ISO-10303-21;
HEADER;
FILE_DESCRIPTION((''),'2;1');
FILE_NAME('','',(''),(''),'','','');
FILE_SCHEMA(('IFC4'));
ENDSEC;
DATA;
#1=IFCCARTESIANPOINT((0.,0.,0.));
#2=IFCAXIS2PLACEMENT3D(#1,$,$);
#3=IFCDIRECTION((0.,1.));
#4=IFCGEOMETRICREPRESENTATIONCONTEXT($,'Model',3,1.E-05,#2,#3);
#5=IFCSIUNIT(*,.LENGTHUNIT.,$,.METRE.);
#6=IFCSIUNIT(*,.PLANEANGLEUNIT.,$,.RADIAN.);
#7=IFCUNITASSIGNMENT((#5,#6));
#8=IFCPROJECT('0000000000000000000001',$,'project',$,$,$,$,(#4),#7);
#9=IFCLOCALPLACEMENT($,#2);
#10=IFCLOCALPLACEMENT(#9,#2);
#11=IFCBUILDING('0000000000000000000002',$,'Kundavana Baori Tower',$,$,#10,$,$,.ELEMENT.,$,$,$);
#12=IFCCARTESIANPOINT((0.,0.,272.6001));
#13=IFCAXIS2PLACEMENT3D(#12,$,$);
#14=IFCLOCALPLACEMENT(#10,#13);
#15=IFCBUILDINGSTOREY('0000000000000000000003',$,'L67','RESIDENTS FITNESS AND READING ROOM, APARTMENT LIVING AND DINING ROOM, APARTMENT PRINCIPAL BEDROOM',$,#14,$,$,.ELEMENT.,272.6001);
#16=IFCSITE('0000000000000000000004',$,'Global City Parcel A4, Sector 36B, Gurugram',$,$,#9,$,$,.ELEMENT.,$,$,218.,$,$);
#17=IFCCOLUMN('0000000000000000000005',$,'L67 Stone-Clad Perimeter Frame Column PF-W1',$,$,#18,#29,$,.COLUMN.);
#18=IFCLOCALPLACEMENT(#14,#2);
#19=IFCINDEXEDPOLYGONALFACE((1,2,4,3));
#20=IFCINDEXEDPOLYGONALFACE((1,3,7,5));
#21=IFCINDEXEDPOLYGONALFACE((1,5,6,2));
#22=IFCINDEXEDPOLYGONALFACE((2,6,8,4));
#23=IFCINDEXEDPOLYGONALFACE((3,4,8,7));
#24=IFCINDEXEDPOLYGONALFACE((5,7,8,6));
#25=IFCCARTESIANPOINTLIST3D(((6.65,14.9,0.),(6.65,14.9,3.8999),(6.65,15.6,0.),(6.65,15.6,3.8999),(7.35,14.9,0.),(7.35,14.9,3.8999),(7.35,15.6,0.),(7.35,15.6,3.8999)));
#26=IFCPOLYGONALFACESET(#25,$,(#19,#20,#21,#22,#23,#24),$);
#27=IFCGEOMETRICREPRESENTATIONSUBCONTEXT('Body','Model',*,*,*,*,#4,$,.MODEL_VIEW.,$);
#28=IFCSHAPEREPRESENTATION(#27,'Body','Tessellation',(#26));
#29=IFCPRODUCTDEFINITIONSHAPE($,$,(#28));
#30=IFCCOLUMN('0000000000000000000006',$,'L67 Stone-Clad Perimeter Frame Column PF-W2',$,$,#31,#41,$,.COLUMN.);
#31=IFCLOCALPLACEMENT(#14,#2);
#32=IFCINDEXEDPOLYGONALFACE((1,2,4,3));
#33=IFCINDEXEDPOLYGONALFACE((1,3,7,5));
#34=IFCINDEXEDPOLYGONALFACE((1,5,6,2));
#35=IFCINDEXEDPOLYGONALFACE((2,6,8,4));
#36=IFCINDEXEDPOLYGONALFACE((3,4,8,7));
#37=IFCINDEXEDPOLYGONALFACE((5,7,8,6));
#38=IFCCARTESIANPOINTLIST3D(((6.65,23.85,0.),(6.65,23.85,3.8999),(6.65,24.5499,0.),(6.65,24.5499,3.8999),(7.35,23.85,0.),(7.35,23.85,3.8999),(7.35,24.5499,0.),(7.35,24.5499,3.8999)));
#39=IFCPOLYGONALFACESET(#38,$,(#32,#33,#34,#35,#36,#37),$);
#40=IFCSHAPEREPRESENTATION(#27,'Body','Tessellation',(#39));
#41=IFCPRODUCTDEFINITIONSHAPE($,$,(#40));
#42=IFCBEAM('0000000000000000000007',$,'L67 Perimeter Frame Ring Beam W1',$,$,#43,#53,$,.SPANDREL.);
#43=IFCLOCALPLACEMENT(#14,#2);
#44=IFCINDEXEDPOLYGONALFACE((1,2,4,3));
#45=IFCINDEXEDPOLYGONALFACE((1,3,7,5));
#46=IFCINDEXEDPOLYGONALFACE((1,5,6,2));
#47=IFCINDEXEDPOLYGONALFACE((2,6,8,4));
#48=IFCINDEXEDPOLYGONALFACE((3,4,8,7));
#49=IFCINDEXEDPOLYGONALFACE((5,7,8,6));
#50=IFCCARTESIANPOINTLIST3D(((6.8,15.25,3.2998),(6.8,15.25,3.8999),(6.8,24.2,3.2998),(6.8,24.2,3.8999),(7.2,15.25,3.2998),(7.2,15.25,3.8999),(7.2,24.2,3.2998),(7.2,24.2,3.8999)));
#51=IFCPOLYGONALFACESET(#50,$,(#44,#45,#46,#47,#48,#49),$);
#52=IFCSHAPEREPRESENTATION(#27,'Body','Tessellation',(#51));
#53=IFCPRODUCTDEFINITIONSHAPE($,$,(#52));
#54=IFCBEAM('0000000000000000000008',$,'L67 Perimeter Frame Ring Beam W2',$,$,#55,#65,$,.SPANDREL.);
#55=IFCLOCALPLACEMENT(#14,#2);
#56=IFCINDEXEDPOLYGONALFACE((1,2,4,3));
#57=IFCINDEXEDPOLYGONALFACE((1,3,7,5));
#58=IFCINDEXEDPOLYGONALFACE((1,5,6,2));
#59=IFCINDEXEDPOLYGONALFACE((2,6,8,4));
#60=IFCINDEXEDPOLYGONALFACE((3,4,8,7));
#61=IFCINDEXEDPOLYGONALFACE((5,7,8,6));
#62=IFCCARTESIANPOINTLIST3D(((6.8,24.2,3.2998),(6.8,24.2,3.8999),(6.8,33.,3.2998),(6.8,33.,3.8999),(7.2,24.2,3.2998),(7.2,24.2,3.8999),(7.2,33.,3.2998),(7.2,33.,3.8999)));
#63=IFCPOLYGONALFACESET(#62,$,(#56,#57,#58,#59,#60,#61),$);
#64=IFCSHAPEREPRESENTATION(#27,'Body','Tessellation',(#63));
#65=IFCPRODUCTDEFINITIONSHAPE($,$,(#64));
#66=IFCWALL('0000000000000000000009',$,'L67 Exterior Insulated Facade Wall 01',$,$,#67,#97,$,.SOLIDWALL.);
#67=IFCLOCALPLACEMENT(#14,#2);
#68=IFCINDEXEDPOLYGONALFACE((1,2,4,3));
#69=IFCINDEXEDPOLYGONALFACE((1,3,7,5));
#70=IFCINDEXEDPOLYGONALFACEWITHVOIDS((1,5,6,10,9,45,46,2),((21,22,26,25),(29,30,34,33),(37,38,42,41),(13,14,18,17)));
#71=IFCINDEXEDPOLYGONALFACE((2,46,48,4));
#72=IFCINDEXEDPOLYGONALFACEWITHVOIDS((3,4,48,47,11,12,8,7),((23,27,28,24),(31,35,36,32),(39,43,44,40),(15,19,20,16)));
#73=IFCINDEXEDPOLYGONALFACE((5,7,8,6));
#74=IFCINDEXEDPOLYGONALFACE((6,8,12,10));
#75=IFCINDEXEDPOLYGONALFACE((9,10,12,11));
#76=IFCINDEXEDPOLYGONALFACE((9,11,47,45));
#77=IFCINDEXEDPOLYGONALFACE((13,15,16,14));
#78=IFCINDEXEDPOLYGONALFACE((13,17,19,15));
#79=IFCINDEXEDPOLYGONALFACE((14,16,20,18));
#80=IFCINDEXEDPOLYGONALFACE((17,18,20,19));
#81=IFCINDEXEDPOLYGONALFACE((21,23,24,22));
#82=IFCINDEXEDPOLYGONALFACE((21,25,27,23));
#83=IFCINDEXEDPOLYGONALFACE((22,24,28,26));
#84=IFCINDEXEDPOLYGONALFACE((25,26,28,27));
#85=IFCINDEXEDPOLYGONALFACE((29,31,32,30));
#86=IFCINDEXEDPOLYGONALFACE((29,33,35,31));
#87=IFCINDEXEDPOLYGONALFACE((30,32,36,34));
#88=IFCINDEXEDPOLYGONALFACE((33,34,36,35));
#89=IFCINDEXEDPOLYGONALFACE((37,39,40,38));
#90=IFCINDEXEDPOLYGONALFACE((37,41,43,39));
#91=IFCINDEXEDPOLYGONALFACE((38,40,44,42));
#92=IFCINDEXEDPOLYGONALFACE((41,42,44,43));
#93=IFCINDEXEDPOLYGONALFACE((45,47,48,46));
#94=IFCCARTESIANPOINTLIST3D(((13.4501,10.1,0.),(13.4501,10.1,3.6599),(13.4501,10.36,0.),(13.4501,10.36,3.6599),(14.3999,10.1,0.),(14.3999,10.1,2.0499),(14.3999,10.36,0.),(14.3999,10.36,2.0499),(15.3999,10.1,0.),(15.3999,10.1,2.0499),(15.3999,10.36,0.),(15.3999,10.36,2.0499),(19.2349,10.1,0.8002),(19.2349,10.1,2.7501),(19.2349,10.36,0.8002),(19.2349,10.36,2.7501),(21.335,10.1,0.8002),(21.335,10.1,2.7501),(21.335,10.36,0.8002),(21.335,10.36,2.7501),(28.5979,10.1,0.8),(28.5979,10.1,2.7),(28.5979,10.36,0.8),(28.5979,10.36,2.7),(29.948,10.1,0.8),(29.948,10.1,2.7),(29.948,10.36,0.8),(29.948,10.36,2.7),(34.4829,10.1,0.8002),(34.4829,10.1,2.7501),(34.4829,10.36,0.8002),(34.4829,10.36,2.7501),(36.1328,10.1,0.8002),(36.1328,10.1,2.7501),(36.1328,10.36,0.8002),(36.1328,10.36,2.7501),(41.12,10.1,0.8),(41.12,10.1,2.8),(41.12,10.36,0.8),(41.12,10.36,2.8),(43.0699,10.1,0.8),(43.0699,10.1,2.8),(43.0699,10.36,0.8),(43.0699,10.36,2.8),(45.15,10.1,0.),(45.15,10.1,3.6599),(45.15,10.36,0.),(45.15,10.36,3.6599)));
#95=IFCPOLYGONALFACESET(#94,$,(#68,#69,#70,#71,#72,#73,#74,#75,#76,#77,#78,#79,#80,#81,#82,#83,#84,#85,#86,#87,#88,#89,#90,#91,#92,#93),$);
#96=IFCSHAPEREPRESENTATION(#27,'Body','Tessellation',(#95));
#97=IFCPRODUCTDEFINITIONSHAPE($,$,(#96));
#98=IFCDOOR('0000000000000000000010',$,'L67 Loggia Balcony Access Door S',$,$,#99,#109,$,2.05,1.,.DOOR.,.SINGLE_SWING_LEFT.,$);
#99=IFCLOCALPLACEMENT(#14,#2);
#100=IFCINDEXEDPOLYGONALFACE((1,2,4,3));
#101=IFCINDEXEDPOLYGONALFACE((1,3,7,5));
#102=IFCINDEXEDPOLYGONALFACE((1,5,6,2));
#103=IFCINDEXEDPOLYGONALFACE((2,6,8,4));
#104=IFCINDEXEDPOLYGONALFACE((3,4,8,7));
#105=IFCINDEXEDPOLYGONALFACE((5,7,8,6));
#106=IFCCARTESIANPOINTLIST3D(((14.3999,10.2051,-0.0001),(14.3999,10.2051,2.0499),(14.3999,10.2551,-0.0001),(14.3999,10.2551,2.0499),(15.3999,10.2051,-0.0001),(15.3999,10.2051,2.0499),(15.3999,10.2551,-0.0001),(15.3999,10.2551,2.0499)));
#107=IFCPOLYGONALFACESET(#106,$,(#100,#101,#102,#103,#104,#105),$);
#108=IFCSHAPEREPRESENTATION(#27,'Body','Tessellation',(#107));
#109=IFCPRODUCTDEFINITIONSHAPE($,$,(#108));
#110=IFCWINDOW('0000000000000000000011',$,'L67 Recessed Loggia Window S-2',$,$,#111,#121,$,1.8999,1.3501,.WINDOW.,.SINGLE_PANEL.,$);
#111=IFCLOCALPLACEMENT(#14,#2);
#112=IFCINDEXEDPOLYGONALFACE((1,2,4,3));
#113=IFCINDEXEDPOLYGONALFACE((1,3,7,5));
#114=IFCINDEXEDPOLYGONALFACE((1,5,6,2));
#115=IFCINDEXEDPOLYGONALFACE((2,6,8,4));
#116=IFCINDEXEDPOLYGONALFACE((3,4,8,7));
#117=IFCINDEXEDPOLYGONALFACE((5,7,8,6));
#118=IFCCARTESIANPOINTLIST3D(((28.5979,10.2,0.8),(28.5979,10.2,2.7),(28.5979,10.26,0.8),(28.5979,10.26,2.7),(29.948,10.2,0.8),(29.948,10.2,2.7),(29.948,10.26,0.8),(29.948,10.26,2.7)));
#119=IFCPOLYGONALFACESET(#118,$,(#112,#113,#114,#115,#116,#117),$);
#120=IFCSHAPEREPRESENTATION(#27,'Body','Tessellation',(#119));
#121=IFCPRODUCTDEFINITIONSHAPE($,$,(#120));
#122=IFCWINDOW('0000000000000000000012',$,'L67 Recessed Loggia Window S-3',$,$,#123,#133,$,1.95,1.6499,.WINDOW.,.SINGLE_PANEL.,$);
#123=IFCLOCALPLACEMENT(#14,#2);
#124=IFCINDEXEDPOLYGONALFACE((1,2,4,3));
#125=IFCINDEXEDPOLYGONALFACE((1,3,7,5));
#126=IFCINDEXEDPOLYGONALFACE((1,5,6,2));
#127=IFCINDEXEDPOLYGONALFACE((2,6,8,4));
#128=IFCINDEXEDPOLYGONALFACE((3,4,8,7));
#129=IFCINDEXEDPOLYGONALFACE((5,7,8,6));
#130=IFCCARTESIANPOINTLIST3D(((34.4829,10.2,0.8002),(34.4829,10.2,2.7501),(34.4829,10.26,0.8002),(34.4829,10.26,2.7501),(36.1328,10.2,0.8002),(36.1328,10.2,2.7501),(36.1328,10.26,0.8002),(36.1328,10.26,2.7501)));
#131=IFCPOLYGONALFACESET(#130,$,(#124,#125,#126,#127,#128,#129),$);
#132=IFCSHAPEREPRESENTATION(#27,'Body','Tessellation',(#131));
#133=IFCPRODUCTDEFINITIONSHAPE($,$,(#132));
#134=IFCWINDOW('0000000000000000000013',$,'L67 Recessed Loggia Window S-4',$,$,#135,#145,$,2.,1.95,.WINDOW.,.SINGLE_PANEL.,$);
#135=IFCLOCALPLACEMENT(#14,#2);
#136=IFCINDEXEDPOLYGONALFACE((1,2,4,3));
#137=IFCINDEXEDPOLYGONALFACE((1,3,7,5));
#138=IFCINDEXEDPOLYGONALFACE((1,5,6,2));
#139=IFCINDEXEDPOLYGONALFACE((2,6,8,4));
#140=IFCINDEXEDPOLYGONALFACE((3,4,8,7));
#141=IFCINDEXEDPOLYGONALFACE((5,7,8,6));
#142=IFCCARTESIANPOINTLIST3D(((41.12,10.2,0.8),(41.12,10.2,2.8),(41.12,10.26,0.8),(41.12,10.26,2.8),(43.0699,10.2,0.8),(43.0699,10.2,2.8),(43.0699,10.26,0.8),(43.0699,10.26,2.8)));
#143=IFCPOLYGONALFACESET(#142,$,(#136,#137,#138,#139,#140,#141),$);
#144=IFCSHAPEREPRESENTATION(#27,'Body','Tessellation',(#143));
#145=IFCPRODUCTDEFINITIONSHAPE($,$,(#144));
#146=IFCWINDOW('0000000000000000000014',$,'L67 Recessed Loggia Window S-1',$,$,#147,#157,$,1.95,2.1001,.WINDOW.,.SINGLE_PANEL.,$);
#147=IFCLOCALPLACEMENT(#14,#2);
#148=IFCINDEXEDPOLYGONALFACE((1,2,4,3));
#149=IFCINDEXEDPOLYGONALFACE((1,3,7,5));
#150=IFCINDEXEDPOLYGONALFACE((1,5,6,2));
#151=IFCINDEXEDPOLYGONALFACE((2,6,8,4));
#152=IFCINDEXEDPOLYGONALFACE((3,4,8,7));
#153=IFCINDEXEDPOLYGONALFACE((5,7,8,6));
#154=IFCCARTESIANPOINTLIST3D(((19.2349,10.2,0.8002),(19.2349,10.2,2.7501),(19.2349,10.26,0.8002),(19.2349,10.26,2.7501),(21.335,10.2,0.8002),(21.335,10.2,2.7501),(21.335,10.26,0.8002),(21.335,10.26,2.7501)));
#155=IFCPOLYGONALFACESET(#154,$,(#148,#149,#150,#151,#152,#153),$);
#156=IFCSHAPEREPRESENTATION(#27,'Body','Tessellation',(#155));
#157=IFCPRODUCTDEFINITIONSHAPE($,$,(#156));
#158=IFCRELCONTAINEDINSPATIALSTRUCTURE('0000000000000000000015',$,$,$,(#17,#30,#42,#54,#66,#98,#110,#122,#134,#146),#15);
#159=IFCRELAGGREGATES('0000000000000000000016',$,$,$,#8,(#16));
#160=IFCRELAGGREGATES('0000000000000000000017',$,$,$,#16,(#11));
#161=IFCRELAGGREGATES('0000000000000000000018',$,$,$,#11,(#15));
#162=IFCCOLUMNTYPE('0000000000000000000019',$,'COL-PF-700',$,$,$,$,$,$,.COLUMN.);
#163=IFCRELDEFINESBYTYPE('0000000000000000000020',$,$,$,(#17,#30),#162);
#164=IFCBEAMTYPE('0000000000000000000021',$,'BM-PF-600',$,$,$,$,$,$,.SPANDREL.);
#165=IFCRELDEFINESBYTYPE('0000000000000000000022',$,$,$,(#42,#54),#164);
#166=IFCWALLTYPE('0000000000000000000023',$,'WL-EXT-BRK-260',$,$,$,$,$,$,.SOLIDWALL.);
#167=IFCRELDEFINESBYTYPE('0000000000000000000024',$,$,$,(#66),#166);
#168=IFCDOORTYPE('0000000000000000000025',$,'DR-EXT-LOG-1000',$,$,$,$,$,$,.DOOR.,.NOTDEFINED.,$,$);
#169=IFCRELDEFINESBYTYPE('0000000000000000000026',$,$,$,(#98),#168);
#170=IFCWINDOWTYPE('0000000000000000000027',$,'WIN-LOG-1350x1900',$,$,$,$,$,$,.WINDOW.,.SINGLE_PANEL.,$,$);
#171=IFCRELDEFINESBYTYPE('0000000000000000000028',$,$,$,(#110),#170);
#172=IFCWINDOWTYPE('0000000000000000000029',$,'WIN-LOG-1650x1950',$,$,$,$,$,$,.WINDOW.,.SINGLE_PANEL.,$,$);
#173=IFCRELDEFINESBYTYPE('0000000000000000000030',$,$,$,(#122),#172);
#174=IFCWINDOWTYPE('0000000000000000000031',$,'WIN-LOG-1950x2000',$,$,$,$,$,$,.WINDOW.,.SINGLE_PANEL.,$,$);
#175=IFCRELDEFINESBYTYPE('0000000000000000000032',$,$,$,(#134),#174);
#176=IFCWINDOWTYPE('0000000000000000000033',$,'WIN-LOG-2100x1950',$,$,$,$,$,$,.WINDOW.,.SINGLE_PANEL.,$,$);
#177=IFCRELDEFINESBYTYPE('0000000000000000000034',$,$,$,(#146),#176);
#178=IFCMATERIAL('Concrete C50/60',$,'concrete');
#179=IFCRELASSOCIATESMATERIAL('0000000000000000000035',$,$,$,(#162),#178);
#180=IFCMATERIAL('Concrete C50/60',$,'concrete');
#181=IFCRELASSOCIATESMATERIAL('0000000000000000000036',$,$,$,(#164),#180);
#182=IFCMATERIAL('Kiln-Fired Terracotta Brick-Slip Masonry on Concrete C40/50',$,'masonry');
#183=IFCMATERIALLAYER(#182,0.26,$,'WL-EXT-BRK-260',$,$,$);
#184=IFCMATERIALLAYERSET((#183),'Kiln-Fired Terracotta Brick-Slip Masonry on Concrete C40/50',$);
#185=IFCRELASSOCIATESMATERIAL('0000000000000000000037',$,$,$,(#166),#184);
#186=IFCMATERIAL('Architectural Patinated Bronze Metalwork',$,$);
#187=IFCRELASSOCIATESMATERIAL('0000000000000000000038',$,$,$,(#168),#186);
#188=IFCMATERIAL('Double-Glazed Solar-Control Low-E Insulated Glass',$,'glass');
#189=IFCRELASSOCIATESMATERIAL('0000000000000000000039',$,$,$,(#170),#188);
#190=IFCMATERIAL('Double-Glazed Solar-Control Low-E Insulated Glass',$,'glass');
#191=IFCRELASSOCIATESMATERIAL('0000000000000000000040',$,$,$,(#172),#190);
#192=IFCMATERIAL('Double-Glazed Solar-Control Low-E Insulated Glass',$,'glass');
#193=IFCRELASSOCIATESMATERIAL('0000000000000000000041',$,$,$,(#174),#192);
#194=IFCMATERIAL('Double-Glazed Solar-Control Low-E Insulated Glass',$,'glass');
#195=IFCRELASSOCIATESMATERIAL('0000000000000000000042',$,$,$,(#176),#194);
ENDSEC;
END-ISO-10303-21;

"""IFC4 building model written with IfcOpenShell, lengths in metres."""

from ifc_helpers import new_model, si_unit, direction, frame, frame_2d, origin, origin_2d, place, context, subcontext, project, spatial, rectangle, extrude, material, layer, layer_set, material_profile, profile_set, type_object, element, fill, save


model = new_model("IFC4")

# Units and contexts
model_context = context("Model", 3, precision=1e-05, world=origin(), true_north=direction((0.0, 1.0)))
body_context = subcontext(model_context, "Body", "Model", "MODEL_VIEW")
ifc_project = project(units=[si_unit("LENGTHUNIT", "METRE"), si_unit("PLANEANGLEUNIT", "RADIAN")], contexts=[model_context])

# Site, building, storey
site_placement = place(None, origin())
site = spatial("IfcSite", under=ifc_project, at=site_placement, Name="Global City Parcel A4, Sector 36B, Gurugram", CompositionType="ELEMENT", RefElevation=218.0)
building_placement = place(site_placement, origin())
building = spatial("IfcBuilding", under=site, at=building_placement, Name="Kundavana Baori Tower", CompositionType="ELEMENT")
storey_placement = place(building_placement, frame((0.0, 0.0, 272.6001)))
storey = spatial("IfcBuildingStorey", under=building, at=storey_placement, Name="L67", Description="RESIDENTS FITNESS AND READING ROOM, APARTMENT LIVING AND DINING ROOM, APARTMENT PRINCIPAL BEDROOM", CompositionType="ELEMENT", Elevation=272.6001)

# Columns
ifc_material_1 = material(Name="Concrete C50/60", Category="concrete")
ifc_material_profile_1 = material_profile(ifc_material_1, rectangle(XDim=0.7, YDim=0.7, at=origin_2d()), Name="RC PF 700x700")
ifc_profile_set_1 = profile_set([ifc_material_profile_1], Name="Concrete C50/60")
column_type = type_object("IfcColumnType", Name="COL-PF-700", PredefinedType="COLUMN", material=ifc_profile_set_1)
for number, where, z_axis, x_axis, name in (
    (1, (7.0, 15.25, 0.0), (0.0, 0.0, 1.0), (1.0, 0.0, 0.0), "L67 Stone-Clad Perimeter Frame Column PF-W1"),
    (2, (7.0, 24.2, 0.0), (0.0, 0.0, 1.0), (1.0, 0.0, 0.0), "L67 Stone-Clad Perimeter Frame Column PF-W2"),
):
    element("IfcColumn", number, at=place(storey_placement, frame(where, z_axis=z_axis, x_axis=x_axis)), inside=storey, type_object=column_type, Name=name, PredefinedType="COLUMN", context=body_context, shape_type="SweptSolid", body=[
        extrude(rectangle(XDim=0.7, YDim=0.7, at=origin_2d()), origin(), (0.0, 0.0, 1.0), 3.8999),
    ])

# Beams
ifc_material_2 = material(Name="Concrete C50/60", Category="concrete")
ifc_material_profile_2 = material_profile(ifc_material_2, rectangle(XDim=0.3999, YDim=0.6001, at=origin_2d()), Name="RC BM 400x600")
ifc_profile_set_2 = profile_set([ifc_material_profile_2], Name="Concrete C50/60")
beam_type = type_object("IfcBeamType", Name="BM-PF-600", PredefinedType="SPANDREL", material=ifc_profile_set_2)
beam_1_placement = place(storey_placement, frame((7.0, 15.25, 3.5999), z_axis=(0.0, 1.0, 0.0), x_axis=(-1.0, 0.0, 0.0)))
element("IfcBeam", 3, at=beam_1_placement, inside=storey, type_object=beam_type, Name="L67 Perimeter Frame Ring Beam W1", PredefinedType="SPANDREL", context=body_context, shape_type="SweptSolid", body=[
    extrude(rectangle(XDim=0.3999, YDim=0.6001, at=origin_2d()), origin(), (0.0, 0.0, 1.0), 8.95),
])
beam_2_placement = place(storey_placement, frame((7.0, 24.2, 3.5999), z_axis=(0.0, 1.0, 0.0), x_axis=(-1.0, 0.0, 0.0)))
element("IfcBeam", 4, at=beam_2_placement, inside=storey, type_object=beam_type, Name="L67 Perimeter Frame Ring Beam W2", PredefinedType="SPANDREL", context=body_context, shape_type="SweptSolid", body=[
    extrude(rectangle(XDim=0.3999, YDim=0.6001, at=origin_2d()), origin(), (0.0, 0.0, 1.0), 8.8),
])

# Wall, openings, door, windows
ifc_material_3 = material(Name="Kiln-Fired Terracotta Brick-Slip Masonry on Concrete C40/50", Category="masonry")
ifc_layer_1 = layer(ifc_material_3, 0.26, Name="WL-EXT-BRK-260")
ifc_layer_set_1 = layer_set([ifc_layer_1], Name="Kiln-Fired Terracotta Brick-Slip Masonry on Concrete C40/50")
wall_type_1 = type_object("IfcWallType", Name="WL-EXT-BRK-260", PredefinedType="SOLIDWALL", material=ifc_layer_set_1)
wall_1_placement = place(storey_placement, frame((13.45, 10.23, 0.0), z_axis=(0.0, 0.0, 1.0), x_axis=(1.0, 0.0, 0.0)))
wall_1 = element("IfcWall", 5, at=wall_1_placement, inside=storey, type_object=wall_type_1, Name="L67 Exterior Insulated Facade Wall 01", PredefinedType="SOLIDWALL", context=body_context, shape_type="SweptSolid", body=[
    extrude(rectangle(XDim=31.7, YDim=0.26, at=frame_2d((15.8501, 0.0))), origin(), (0.0, 0.0, 1.0), 3.6599),
])
opening_1_placement = place(wall_1_placement, frame((0.95, 0.0, 0.0)))
opening_1 = element("IfcOpeningElement", 6, at=opening_1_placement, cuts=wall_1, PredefinedType="OPENING", context=body_context, shape_type="SweptSolid", body=[
    extrude(rectangle(XDim=1.0, YDim=2.05, at=frame_2d((0.5, 1.0249))), frame((0.0, 0.1401, 0.0), z_axis=(0.0, -1.0, 0.0), x_axis=(1.0, 0.0, 0.0)), (0.0, 0.0, 1.0), 0.28),
])
opening_2_placement = place(wall_1_placement, frame((5.7849, 0.0, 0.8)))
opening_2 = element("IfcOpeningElement", 7, at=opening_2_placement, cuts=wall_1, PredefinedType="OPENING", context=body_context, shape_type="SweptSolid", body=[
    extrude(rectangle(XDim=2.1001, YDim=1.95, at=frame_2d((1.05, 0.9751))), frame((0.0, 0.1401, 0.0), z_axis=(0.0, -1.0, 0.0), x_axis=(1.0, 0.0, 0.0)), (0.0, 0.0, 1.0), 0.28),
])
opening_3_placement = place(wall_1_placement, frame((15.1479, 0.0, 0.8)))
opening_3 = element("IfcOpeningElement", 8, at=opening_3_placement, cuts=wall_1, PredefinedType="OPENING", context=body_context, shape_type="SweptSolid", body=[
    extrude(rectangle(XDim=1.3501, YDim=1.8999, at=frame_2d((0.675, 0.95))), frame((0.0, 0.1401, 0.0), z_axis=(0.0, -1.0, 0.0), x_axis=(1.0, 0.0, 0.0)), (0.0, 0.0, 1.0), 0.28),
])
opening_4_placement = place(wall_1_placement, frame((21.033, 0.0, 0.8)))
opening_4 = element("IfcOpeningElement", 9, at=opening_4_placement, cuts=wall_1, PredefinedType="OPENING", context=body_context, shape_type="SweptSolid", body=[
    extrude(rectangle(XDim=1.6499, YDim=1.95, at=frame_2d((0.825, 0.9751))), frame((0.0, 0.1401, 0.0), z_axis=(0.0, -1.0, 0.0), x_axis=(1.0, 0.0, 0.0)), (0.0, 0.0, 1.0), 0.28),
])
opening_5_placement = place(wall_1_placement, frame((27.6699, 0.0, 0.8)))
opening_5 = element("IfcOpeningElement", 10, at=opening_5_placement, cuts=wall_1, PredefinedType="OPENING", context=body_context, shape_type="SweptSolid", body=[
    extrude(rectangle(XDim=1.95, YDim=2.0, at=frame_2d((0.9751, 1.0))), frame((0.0, 0.1401, 0.0), z_axis=(0.0, -1.0, 0.0), x_axis=(1.0, 0.0, 0.0)), (0.0, 0.0, 1.0), 0.28),
])
ifc_material_4 = material(Name="Architectural Patinated Bronze Metalwork")
door_type_1 = type_object("IfcDoorType", Name="DR-EXT-LOG-1000", OperationType="NOTDEFINED", PredefinedType="DOOR", material=ifc_material_4)
door_1_placement = place(opening_1_placement, frame((1.0, 0.0, 0.0), z_axis=(0.0, 0.0, 1.0), x_axis=(-1.0, 0.0, 0.0)))
door_1 = element("IfcDoor", 11, at=door_1_placement, inside=storey, type_object=door_type_1, Name="L67 Loggia Balcony Access Door S", OperationType="SINGLE_SWING_LEFT", OverallHeight=2.05, OverallWidth=1.0, PredefinedType="DOOR", context=body_context, shape_type="SweptSolid", body=[
    extrude(rectangle(XDim=1.0, YDim=2.05, at=frame_2d((0.5, 1.0249))), frame((0.0, 0.0249, 0.0), z_axis=(0.0, -1.0, 0.0), x_axis=(1.0, 0.0, 0.0)), (0.0, 0.0, 1.0), 0.05),
])
fill(opening_1, door_1)
ifc_material_5 = material(Name="Double-Glazed Solar-Control Low-E Insulated Glass", Category="glass")
window_type_1 = type_object("IfcWindowType", Name="WIN-LOG-1350x1900", PartitioningType="SINGLE_PANEL", PredefinedType="WINDOW", material=ifc_material_5)
window_1_placement = place(opening_3_placement, origin())
window_1 = element("IfcWindow", 12, at=window_1_placement, inside=storey, type_object=window_type_1, Name="L67 Recessed Loggia Window S-2", OverallHeight=1.8999, OverallWidth=1.3501, PartitioningType="SINGLE_PANEL", PredefinedType="WINDOW", context=body_context, shape_type="SweptSolid", body=[
    extrude(rectangle(XDim=1.3501, YDim=1.8999, at=frame_2d((0.675, 0.95))), frame((0.0, 0.03, 0.0), z_axis=(0.0, -1.0, 0.0), x_axis=(1.0, 0.0, 0.0)), (0.0, 0.0, 1.0), 0.0601),
])
fill(opening_3, window_1)
ifc_material_6 = material(Name="Double-Glazed Solar-Control Low-E Insulated Glass", Category="glass")
window_type_2 = type_object("IfcWindowType", Name="WIN-LOG-1650x1950", PartitioningType="SINGLE_PANEL", PredefinedType="WINDOW", material=ifc_material_6)
window_2_placement = place(opening_4_placement, origin())
window_2 = element("IfcWindow", 13, at=window_2_placement, inside=storey, type_object=window_type_2, Name="L67 Recessed Loggia Window S-3", OverallHeight=1.95, OverallWidth=1.6499, PartitioningType="SINGLE_PANEL", PredefinedType="WINDOW", context=body_context, shape_type="SweptSolid", body=[
    extrude(rectangle(XDim=1.6499, YDim=1.95, at=frame_2d((0.825, 0.9751))), frame((0.0, 0.03, 0.0), z_axis=(0.0, -1.0, 0.0), x_axis=(1.0, 0.0, 0.0)), (0.0, 0.0, 1.0), 0.0601),
])
fill(opening_4, window_2)
ifc_material_7 = material(Name="Double-Glazed Solar-Control Low-E Insulated Glass", Category="glass")
window_type_3 = type_object("IfcWindowType", Name="WIN-LOG-1950x2000", PartitioningType="SINGLE_PANEL", PredefinedType="WINDOW", material=ifc_material_7)
window_3_placement = place(opening_5_placement, origin())
window_3 = element("IfcWindow", 14, at=window_3_placement, inside=storey, type_object=window_type_3, Name="L67 Recessed Loggia Window S-4", OverallHeight=2.0, OverallWidth=1.95, PartitioningType="SINGLE_PANEL", PredefinedType="WINDOW", context=body_context, shape_type="SweptSolid", body=[
    extrude(rectangle(XDim=1.95, YDim=2.0, at=frame_2d((0.9751, 1.0))), frame((0.0, 0.03, 0.0), z_axis=(0.0, -1.0, 0.0), x_axis=(1.0, 0.0, 0.0)), (0.0, 0.0, 1.0), 0.0601),
])
fill(opening_5, window_3)
ifc_material_8 = material(Name="Double-Glazed Solar-Control Low-E Insulated Glass", Category="glass")
window_type_4 = type_object("IfcWindowType", Name="WIN-LOG-2100x1950", PartitioningType="SINGLE_PANEL", PredefinedType="WINDOW", material=ifc_material_8)
window_4_placement = place(opening_2_placement, origin())
window_4 = element("IfcWindow", 15, at=window_4_placement, inside=storey, type_object=window_type_4, Name="L67 Recessed Loggia Window S-1", OverallHeight=1.95, OverallWidth=2.1001, PartitioningType="SINGLE_PANEL", PredefinedType="WINDOW", context=body_context, shape_type="SweptSolid", body=[
    extrude(rectangle(XDim=2.1001, YDim=1.95, at=frame_2d((1.05, 0.9751))), frame((0.0, 0.03, 0.0), z_axis=(0.0, -1.0, 0.0), x_axis=(1.0, 0.0, 0.0)), (0.0, 0.0, 1.0), 0.0601),
])
fill(opening_2, window_4)

save(model, "model.ifc")
